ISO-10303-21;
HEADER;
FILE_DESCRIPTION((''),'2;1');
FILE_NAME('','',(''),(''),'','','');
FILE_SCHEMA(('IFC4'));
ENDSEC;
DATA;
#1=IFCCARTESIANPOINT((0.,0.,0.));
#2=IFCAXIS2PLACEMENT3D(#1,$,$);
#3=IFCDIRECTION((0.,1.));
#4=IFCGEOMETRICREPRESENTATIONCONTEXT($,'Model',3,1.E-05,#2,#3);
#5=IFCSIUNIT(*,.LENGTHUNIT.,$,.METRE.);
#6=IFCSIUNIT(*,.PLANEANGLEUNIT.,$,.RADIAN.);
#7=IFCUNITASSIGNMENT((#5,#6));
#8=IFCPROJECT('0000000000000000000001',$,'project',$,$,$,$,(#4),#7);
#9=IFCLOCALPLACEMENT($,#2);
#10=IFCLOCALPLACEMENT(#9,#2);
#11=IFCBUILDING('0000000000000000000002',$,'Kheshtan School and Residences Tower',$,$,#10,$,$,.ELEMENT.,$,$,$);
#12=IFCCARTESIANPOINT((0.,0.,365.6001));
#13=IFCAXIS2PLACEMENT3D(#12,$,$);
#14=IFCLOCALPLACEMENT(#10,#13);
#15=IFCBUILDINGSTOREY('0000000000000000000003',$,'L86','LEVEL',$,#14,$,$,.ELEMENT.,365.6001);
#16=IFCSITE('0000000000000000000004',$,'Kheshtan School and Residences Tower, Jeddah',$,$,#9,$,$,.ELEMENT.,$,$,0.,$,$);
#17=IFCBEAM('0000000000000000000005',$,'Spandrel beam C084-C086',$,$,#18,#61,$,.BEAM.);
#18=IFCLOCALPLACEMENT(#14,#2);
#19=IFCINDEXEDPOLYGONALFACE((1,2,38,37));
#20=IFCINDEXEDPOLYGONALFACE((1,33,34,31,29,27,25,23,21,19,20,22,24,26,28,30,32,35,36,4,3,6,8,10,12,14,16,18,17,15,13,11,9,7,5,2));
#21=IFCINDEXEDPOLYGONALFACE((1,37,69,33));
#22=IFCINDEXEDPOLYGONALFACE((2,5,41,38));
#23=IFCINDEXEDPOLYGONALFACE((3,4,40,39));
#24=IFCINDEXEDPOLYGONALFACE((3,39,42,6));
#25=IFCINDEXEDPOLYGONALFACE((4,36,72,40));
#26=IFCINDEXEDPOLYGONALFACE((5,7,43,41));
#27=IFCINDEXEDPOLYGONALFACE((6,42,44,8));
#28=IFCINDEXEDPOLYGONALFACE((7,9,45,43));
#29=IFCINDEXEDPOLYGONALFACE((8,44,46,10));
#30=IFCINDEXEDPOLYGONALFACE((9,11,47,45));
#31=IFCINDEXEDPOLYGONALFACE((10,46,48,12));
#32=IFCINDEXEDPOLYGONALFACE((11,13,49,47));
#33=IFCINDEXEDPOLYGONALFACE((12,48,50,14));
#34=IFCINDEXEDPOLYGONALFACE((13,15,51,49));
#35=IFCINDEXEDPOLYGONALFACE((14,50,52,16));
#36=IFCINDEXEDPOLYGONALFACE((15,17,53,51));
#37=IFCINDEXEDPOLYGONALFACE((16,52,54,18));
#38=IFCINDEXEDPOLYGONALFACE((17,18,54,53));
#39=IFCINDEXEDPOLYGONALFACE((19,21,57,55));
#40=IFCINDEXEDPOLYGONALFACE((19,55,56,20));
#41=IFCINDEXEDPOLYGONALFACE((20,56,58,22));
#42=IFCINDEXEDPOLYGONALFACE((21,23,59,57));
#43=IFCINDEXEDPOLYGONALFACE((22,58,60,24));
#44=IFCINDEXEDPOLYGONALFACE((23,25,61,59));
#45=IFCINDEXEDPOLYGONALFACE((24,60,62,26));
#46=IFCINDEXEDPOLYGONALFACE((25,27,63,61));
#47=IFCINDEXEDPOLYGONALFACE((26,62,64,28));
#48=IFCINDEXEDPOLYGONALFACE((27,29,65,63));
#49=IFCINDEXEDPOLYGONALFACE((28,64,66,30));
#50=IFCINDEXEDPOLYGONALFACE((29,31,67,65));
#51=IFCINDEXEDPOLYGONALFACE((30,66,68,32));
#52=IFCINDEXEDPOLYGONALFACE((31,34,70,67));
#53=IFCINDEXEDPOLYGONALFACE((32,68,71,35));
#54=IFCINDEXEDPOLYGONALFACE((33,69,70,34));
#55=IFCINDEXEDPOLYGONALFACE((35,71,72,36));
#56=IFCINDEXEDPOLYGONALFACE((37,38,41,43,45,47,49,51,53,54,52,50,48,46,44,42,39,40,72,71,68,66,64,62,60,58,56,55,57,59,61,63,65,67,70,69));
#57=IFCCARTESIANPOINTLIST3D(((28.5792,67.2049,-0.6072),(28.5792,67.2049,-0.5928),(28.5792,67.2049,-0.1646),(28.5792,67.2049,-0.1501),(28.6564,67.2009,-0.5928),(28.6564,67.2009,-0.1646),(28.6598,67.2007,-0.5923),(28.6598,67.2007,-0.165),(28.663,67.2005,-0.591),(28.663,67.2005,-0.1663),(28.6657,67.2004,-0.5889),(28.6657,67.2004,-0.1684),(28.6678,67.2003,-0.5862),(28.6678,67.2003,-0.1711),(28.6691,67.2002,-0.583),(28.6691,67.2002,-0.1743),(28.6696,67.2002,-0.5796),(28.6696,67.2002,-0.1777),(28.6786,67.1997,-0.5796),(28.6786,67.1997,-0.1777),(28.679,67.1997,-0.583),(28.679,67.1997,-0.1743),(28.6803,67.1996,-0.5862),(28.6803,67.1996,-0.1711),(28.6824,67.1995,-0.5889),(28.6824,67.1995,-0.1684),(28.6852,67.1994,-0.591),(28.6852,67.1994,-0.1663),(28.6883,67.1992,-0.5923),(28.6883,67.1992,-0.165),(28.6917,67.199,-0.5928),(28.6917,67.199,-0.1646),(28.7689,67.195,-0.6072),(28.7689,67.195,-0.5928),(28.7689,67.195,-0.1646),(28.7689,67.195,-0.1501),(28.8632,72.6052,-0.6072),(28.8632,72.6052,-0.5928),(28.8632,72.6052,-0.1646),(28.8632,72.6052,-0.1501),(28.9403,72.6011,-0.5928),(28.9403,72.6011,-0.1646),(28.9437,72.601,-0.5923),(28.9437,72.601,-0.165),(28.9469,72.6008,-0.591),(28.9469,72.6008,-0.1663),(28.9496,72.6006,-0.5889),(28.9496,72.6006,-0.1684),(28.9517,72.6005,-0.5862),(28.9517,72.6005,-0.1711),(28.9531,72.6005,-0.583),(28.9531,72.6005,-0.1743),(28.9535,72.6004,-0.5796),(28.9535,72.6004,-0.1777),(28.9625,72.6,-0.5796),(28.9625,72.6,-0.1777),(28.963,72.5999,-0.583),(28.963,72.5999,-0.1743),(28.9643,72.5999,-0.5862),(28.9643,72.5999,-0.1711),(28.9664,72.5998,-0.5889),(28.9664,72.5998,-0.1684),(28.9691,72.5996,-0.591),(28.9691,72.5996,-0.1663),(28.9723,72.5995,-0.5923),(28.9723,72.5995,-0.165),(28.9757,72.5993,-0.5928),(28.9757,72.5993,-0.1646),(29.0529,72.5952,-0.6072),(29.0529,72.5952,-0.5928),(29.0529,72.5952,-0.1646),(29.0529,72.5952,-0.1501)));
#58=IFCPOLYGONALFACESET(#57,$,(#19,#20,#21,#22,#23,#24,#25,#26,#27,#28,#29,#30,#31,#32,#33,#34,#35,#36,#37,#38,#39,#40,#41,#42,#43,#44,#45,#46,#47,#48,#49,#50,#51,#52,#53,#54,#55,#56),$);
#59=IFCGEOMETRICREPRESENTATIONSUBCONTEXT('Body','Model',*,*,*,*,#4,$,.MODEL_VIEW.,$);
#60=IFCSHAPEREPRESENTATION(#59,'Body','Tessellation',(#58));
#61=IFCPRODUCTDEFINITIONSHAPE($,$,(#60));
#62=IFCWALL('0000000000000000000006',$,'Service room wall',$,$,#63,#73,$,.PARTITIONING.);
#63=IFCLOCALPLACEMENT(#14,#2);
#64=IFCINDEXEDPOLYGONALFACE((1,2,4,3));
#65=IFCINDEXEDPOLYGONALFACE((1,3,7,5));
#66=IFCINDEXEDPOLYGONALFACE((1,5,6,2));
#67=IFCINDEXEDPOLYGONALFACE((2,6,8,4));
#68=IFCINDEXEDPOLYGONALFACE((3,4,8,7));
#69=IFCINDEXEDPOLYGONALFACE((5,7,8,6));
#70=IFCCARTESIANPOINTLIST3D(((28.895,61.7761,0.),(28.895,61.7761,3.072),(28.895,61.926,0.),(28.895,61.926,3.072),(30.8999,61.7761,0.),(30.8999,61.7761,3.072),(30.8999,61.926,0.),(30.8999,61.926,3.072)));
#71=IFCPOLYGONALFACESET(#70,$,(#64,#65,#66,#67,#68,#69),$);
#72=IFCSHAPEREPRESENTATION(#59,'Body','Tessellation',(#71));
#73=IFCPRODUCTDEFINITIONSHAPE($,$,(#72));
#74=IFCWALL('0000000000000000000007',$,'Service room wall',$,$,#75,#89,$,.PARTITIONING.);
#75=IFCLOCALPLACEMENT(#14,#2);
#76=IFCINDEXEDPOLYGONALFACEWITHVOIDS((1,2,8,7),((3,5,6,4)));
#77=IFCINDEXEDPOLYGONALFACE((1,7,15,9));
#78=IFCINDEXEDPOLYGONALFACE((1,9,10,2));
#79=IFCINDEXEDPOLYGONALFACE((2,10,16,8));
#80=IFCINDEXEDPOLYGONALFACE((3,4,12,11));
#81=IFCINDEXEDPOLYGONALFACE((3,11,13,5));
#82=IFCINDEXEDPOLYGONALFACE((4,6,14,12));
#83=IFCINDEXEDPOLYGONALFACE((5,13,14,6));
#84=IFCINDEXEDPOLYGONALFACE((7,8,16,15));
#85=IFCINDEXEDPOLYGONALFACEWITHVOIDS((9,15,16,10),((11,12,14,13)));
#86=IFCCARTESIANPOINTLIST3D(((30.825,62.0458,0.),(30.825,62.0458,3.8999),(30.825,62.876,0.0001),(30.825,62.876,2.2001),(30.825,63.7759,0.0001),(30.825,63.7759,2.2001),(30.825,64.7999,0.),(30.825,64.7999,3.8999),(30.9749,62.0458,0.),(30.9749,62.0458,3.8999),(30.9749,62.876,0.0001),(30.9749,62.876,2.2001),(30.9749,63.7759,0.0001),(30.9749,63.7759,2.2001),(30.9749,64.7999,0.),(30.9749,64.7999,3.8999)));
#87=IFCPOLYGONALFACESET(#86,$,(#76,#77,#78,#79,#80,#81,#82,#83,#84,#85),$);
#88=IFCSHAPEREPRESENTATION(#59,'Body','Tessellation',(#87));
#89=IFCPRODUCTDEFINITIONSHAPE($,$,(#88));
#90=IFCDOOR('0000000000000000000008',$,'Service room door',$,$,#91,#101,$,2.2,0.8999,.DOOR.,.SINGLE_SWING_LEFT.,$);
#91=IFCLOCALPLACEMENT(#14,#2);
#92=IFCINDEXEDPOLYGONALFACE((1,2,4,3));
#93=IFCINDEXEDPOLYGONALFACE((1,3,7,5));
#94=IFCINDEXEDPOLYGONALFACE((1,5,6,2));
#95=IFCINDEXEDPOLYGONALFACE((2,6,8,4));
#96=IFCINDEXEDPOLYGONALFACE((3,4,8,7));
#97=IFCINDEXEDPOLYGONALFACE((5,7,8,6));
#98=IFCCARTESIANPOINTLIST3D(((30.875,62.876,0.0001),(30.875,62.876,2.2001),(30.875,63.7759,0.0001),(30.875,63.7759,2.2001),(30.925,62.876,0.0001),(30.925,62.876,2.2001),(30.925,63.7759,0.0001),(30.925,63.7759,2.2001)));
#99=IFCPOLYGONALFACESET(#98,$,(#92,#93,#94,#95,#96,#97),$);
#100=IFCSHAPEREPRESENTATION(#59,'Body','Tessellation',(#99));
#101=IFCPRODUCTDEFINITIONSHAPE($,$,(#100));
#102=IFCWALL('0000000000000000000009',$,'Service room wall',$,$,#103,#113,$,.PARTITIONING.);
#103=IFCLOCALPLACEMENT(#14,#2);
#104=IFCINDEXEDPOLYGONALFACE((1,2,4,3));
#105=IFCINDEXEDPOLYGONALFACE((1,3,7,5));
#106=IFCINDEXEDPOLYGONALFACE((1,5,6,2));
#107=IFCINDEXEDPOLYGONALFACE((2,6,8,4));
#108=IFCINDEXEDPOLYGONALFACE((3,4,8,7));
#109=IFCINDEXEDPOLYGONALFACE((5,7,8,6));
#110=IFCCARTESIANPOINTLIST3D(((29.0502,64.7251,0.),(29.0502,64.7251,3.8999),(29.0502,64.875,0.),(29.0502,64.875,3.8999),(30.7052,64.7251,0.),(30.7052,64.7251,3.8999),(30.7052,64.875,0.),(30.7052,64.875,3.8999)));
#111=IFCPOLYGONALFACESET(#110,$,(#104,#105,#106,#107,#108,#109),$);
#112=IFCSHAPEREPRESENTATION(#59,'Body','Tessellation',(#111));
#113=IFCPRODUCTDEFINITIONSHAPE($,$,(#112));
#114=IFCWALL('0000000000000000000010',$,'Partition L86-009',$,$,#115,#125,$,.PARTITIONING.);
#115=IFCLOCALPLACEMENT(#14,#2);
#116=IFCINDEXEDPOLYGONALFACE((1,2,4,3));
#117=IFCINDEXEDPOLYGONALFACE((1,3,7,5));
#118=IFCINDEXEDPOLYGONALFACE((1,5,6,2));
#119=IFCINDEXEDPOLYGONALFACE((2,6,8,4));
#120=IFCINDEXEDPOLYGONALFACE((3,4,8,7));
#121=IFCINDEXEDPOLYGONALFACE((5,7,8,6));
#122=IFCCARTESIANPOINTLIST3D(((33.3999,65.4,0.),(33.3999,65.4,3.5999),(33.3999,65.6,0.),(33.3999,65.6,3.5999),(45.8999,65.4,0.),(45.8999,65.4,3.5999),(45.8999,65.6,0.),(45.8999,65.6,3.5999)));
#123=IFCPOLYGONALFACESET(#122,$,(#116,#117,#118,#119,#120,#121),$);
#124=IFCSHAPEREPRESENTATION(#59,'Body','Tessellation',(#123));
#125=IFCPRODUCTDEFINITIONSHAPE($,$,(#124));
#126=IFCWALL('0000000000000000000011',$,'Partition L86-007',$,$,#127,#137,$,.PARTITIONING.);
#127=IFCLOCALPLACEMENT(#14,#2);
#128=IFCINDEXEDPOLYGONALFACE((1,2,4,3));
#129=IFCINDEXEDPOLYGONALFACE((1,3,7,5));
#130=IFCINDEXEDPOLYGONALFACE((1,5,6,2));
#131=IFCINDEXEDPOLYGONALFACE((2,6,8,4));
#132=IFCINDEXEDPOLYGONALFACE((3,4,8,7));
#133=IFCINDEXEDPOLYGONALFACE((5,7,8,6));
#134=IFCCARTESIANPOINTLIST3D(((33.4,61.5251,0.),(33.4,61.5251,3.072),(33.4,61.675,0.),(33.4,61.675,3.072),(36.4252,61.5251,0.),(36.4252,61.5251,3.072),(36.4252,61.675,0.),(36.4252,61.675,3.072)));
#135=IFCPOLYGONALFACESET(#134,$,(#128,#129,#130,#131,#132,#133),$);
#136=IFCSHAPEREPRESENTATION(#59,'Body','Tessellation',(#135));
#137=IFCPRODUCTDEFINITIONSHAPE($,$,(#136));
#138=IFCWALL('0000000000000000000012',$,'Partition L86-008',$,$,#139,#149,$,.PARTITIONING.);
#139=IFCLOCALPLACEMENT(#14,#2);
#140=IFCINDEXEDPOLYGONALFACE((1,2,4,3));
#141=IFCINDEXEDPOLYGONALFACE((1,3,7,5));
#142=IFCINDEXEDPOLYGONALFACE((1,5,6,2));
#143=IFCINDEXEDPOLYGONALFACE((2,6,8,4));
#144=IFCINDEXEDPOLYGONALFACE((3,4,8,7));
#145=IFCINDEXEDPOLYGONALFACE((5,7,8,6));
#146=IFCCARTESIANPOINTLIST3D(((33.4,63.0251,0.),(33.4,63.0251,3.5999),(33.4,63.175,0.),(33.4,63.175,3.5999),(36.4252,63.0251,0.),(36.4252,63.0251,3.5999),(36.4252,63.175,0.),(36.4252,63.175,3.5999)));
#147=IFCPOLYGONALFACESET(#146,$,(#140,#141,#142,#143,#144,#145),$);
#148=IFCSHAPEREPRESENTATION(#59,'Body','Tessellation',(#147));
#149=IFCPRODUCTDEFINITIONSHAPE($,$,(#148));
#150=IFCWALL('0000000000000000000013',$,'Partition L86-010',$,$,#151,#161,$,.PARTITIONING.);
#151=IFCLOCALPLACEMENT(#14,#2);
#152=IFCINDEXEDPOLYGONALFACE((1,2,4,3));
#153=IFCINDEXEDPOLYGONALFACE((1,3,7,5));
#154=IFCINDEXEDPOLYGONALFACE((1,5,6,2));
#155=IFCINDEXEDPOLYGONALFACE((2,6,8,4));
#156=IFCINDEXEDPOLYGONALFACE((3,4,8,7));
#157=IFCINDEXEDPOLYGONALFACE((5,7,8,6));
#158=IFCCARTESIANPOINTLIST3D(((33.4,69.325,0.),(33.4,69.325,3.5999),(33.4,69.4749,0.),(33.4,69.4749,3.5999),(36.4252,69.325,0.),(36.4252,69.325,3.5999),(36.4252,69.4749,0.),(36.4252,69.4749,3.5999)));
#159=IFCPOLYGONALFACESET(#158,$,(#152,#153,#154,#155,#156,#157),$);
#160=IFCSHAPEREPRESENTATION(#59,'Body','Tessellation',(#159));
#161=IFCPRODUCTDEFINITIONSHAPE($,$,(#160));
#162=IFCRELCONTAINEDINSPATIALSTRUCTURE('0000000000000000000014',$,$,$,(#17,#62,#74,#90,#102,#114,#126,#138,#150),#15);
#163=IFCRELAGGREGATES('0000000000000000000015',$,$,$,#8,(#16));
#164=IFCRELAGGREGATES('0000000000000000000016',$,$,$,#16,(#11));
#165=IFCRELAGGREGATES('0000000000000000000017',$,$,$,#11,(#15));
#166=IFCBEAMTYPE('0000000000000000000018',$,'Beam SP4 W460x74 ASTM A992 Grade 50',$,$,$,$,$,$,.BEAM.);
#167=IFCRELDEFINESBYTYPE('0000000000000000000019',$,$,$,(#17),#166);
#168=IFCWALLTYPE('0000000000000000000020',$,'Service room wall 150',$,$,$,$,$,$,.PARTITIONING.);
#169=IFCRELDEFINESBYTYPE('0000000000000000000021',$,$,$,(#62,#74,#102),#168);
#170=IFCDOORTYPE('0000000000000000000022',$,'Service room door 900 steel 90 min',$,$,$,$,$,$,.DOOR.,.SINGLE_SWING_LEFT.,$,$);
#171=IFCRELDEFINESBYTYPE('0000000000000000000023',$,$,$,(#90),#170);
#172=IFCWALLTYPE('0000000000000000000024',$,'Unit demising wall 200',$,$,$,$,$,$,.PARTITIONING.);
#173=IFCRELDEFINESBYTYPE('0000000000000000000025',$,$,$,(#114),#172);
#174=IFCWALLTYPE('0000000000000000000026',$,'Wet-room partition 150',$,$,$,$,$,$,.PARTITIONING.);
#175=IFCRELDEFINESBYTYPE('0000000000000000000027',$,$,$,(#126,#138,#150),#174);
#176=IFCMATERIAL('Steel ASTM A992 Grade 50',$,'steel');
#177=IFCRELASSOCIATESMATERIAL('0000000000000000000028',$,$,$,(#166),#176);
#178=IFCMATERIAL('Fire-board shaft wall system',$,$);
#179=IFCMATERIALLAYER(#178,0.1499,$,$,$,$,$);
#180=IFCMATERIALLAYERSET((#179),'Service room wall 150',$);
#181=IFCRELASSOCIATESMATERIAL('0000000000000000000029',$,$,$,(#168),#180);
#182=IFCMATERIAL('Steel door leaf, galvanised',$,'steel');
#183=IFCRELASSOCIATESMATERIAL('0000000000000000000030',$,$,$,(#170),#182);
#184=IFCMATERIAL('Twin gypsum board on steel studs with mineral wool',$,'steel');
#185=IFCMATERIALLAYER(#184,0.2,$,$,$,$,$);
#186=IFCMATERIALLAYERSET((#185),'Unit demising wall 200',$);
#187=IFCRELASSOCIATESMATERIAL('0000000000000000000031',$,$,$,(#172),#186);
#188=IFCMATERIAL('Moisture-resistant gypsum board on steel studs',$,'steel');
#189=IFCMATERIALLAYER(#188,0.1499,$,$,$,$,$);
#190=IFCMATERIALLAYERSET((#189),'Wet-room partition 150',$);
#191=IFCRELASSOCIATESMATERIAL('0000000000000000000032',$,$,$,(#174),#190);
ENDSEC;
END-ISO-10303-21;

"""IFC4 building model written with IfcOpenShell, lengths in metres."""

from ifc_helpers import new_model, si_unit, direction, frame, frame_2d, origin, origin_2d, place, context, subcontext, project, spatial, rectangle, i_section, extrude, source, transform, mapped, material, layer, layer_set, material_profile, profile_set, type_object, element, fill, save


model = new_model("IFC4")

# Units and contexts
model_context = context("Model", 3, precision=1e-05, world=origin(), true_north=direction((0.0, 1.0)))
body_context = subcontext(model_context, "Body", "Model", "MODEL_VIEW")
ifc_project = project(units=[si_unit("LENGTHUNIT", "METRE"), si_unit("PLANEANGLEUNIT", "RADIAN")], contexts=[model_context])

# Site, building, storey
site_placement = place(None, origin())
site = spatial("IfcSite", under=ifc_project, at=site_placement, Name="Kheshtan School and Residences Tower, Jeddah", CompositionType="ELEMENT", RefElevation=0.0)
building_placement = place(site_placement, origin())
building = spatial("IfcBuilding", under=site, at=building_placement, Name="Kheshtan School and Residences Tower", CompositionType="ELEMENT")
storey_placement = place(building_placement, frame((0.0, 0.0, 365.6001)))
storey = spatial("IfcBuildingStorey", under=building, at=storey_placement, Name="L86", Description="LEVEL", CompositionType="ELEMENT", Elevation=365.6001)

# Shared definitions
ifc_material_1 = material(Name="Steel ASTM A992 Grade 50", Category="steel")

# Beam
ifc_material_profile_1 = material_profile(ifc_material_1, i_section(OverallWidth=0.1899, OverallDepth=0.457, WebThickness=0.009, FlangeThickness=0.0144, FilletRadius=0.0132, at=origin_2d()), Name="W460x74")
ifc_profile_set_1 = profile_set([ifc_material_profile_1], Name="Steel ASTM A992 Grade 50")
beam_type_1 = type_object("IfcBeamType", Name="Beam SP4 W460x74 ASTM A992 Grade 50", PredefinedType="BEAM", material=ifc_profile_set_1)
beam_1_placement = place(storey_placement, frame((28.6741, 67.2, -0.3787), z_axis=(0.052507, 0.998621, 0.0), x_axis=(-0.998621, 0.052507, 0.0)))
element("IfcBeam", 1, at=beam_1_placement, inside=storey, type_object=beam_type_1, Name="Spandrel beam C084-C086", PredefinedType="BEAM", context=body_context, shape_type="SweptSolid", body=[
    extrude(i_section(OverallWidth=0.1899, OverallDepth=0.457, WebThickness=0.009, FlangeThickness=0.0144, FilletRadius=0.0132, at=origin_2d()), origin(), (0.0, 0.0, 1.0), 5.4077),
])

# Wall
ifc_material_2 = material(Name="Fire-board shaft wall system")
ifc_layer_1 = layer(ifc_material_2, 0.1499)
ifc_layer_set_1 = layer_set([ifc_layer_1], Name="Service room wall 150")
wall_type_1 = type_object("IfcWallType", Name="Service room wall 150", PredefinedType="PARTITIONING", material=ifc_layer_set_1)
wall_1_placement = place(storey_placement, frame((28.895, 61.8511, 0.0), z_axis=(0.0, 0.0, 1.0), x_axis=(1.0, 0.0, 0.0)))
element("IfcWall", 2, at=wall_1_placement, inside=storey, type_object=wall_type_1, Name="Service room wall", PredefinedType="PARTITIONING", context=body_context, shape_type="SweptSolid", body=[
    extrude(rectangle(XDim=2.0049, YDim=0.1499, at=frame_2d((1.0024, 0.0))), origin(), (0.0, 0.0, 1.0), 3.072),
])

# Wall, opening, door
wall_2_placement = place(storey_placement, frame((30.8999, 62.0459, 0.0), z_axis=(0.0, 0.0, 1.0), x_axis=(0.0, 1.0, 0.0)))
wall_2 = element("IfcWall", 3, at=wall_2_placement, inside=storey, type_object=wall_type_1, Name="Service room wall", PredefinedType="PARTITIONING", context=body_context, shape_type="SweptSolid", body=[
    extrude(rectangle(XDim=2.7542, YDim=0.1499, at=frame_2d((1.377, 0.0))), origin(), (0.0, 0.0, 1.0), 3.8999),
])
opening_1_placement = place(wall_2_placement, frame((0.8301, 0.0, 0.0)))
opening_1 = element("IfcOpeningElement", 4, at=opening_1_placement, cuts=wall_2, PredefinedType="OPENING", context=body_context, shape_type="SweptSolid", body=[
    extrude(rectangle(XDim=0.8999, YDim=2.2, at=frame_2d((0.45, 1.1001))), frame((0.0, 0.085, 0.0), z_axis=(0.0, -1.0, 0.0), x_axis=(1.0, 0.0, 0.0)), (0.0, 0.0, 1.0), 0.1699),
])
ifc_material_3 = material(Name="Steel door leaf, galvanised", Category="steel")
door_type_1 = type_object("IfcDoorType", Name="Service room door 900 steel 90 min", OperationType="SINGLE_SWING_LEFT", PredefinedType="DOOR", material=ifc_material_3)
shared_shape_1 = source(origin(), body_context, "Body", "SweptSolid", [
    extrude(rectangle(XDim=0.8999, YDim=2.2, at=frame_2d((0.45, 1.1001))), frame((0.0, 0.0249, 0.0), z_axis=(0.0, -1.0, 0.0), x_axis=(1.0, 0.0, 0.0)), (0.0, 0.0, 1.0), 0.05),
])
door_1_placement = place(opening_1_placement, origin())
door_1 = element("IfcDoor", 5, at=door_1_placement, inside=storey, type_object=door_type_1, Name="Service room door", OperationType="SINGLE_SWING_LEFT", OverallHeight=2.2, OverallWidth=0.8999, PredefinedType="DOOR", context=body_context, shape_type="MappedRepresentation", body=[
    mapped(shared_shape_1, transform((0.0, 0.0, 0.0), x_axis=(1.0, 0.0, 0.0), y_axis=(0.0, 1.0, 0.0), z_axis=(0.0, 0.0, 1.0), scale=1.0)),
])
fill(opening_1, door_1)

# Walls
wall_3_placement = place(storey_placement, frame((29.05, 64.8, 0.0), z_axis=(0.0, 0.0, 1.0), x_axis=(1.0, 0.0, 0.0)))
element("IfcWall", 6, at=wall_3_placement, inside=storey, type_object=wall_type_1, Name="Service room wall", PredefinedType="PARTITIONING", context=body_context, shape_type="SweptSolid", body=[
    extrude(rectangle(XDim=1.655, YDim=0.1499, at=frame_2d((0.8276, 0.0))), origin(), (0.0, 0.0, 1.0), 3.8999),
])
ifc_material_4 = material(Name="Twin gypsum board on steel studs with mineral wool", Category="steel")
ifc_layer_2 = layer(ifc_material_4, 0.2)
ifc_layer_set_2 = layer_set([ifc_layer_2], Name="Unit demising wall 200")
wall_type_2 = type_object("IfcWallType", Name="Unit demising wall 200", PredefinedType="PARTITIONING", material=ifc_layer_set_2)
wall_4_placement = place(storey_placement, frame((33.3999, 65.5, 0.0), z_axis=(0.0, 0.0, 1.0), x_axis=(1.0, 0.0, 0.0)))
element("IfcWall", 7, at=wall_4_placement, inside=storey, type_object=wall_type_2, Name="Partition L86-009", PredefinedType="PARTITIONING", context=body_context, shape_type="SweptSolid", body=[
    extrude(rectangle(XDim=12.5, YDim=0.2, at=frame_2d((6.25, 0.0))), origin(), (0.0, 0.0, 1.0), 3.5999),
])
ifc_material_5 = material(Name="Moisture-resistant gypsum board on steel studs", Category="steel")
ifc_layer_3 = layer(ifc_material_5, 0.1499)
ifc_layer_set_3 = layer_set([ifc_layer_3], Name="Wet-room partition 150")
wall_type_3 = type_object("IfcWallType", Name="Wet-room partition 150", PredefinedType="PARTITIONING", material=ifc_layer_set_3)
wall_5_placement = place(storey_placement, frame((33.3999, 61.6001, 0.0), z_axis=(0.0, 0.0, 1.0), x_axis=(1.0, 0.0, 0.0)))
element("IfcWall", 8, at=wall_5_placement, inside=storey, type_object=wall_type_3, Name="Partition L86-007", PredefinedType="PARTITIONING", context=body_context, shape_type="SweptSolid", body=[
    extrude(rectangle(XDim=3.0251, YDim=0.1499, at=frame_2d((1.5127, 0.0))), origin(), (0.0, 0.0, 1.0), 3.072),
])
for number, where, z_axis, x_axis, name in (
    (9, (33.3999, 63.1001, 0.0), (0.0, 0.0, 1.0), (1.0, 0.0, 0.0), "Partition L86-008"),
    (10, (33.3999, 69.3999, 0.0), (0.0, 0.0, 1.0), (1.0, 0.0, 0.0), "Partition L86-010"),
):
    element("IfcWall", number, at=place(storey_placement, frame(where, z_axis=z_axis, x_axis=x_axis)), inside=storey, type_object=wall_type_3, Name=name, PredefinedType="PARTITIONING", context=body_context, shape_type="SweptSolid", body=[
        extrude(rectangle(XDim=3.0251, YDim=0.1499, at=frame_2d((1.5127, 0.0))), origin(), (0.0, 0.0, 1.0), 3.5999),
    ])

save(model, "model.ifc")
